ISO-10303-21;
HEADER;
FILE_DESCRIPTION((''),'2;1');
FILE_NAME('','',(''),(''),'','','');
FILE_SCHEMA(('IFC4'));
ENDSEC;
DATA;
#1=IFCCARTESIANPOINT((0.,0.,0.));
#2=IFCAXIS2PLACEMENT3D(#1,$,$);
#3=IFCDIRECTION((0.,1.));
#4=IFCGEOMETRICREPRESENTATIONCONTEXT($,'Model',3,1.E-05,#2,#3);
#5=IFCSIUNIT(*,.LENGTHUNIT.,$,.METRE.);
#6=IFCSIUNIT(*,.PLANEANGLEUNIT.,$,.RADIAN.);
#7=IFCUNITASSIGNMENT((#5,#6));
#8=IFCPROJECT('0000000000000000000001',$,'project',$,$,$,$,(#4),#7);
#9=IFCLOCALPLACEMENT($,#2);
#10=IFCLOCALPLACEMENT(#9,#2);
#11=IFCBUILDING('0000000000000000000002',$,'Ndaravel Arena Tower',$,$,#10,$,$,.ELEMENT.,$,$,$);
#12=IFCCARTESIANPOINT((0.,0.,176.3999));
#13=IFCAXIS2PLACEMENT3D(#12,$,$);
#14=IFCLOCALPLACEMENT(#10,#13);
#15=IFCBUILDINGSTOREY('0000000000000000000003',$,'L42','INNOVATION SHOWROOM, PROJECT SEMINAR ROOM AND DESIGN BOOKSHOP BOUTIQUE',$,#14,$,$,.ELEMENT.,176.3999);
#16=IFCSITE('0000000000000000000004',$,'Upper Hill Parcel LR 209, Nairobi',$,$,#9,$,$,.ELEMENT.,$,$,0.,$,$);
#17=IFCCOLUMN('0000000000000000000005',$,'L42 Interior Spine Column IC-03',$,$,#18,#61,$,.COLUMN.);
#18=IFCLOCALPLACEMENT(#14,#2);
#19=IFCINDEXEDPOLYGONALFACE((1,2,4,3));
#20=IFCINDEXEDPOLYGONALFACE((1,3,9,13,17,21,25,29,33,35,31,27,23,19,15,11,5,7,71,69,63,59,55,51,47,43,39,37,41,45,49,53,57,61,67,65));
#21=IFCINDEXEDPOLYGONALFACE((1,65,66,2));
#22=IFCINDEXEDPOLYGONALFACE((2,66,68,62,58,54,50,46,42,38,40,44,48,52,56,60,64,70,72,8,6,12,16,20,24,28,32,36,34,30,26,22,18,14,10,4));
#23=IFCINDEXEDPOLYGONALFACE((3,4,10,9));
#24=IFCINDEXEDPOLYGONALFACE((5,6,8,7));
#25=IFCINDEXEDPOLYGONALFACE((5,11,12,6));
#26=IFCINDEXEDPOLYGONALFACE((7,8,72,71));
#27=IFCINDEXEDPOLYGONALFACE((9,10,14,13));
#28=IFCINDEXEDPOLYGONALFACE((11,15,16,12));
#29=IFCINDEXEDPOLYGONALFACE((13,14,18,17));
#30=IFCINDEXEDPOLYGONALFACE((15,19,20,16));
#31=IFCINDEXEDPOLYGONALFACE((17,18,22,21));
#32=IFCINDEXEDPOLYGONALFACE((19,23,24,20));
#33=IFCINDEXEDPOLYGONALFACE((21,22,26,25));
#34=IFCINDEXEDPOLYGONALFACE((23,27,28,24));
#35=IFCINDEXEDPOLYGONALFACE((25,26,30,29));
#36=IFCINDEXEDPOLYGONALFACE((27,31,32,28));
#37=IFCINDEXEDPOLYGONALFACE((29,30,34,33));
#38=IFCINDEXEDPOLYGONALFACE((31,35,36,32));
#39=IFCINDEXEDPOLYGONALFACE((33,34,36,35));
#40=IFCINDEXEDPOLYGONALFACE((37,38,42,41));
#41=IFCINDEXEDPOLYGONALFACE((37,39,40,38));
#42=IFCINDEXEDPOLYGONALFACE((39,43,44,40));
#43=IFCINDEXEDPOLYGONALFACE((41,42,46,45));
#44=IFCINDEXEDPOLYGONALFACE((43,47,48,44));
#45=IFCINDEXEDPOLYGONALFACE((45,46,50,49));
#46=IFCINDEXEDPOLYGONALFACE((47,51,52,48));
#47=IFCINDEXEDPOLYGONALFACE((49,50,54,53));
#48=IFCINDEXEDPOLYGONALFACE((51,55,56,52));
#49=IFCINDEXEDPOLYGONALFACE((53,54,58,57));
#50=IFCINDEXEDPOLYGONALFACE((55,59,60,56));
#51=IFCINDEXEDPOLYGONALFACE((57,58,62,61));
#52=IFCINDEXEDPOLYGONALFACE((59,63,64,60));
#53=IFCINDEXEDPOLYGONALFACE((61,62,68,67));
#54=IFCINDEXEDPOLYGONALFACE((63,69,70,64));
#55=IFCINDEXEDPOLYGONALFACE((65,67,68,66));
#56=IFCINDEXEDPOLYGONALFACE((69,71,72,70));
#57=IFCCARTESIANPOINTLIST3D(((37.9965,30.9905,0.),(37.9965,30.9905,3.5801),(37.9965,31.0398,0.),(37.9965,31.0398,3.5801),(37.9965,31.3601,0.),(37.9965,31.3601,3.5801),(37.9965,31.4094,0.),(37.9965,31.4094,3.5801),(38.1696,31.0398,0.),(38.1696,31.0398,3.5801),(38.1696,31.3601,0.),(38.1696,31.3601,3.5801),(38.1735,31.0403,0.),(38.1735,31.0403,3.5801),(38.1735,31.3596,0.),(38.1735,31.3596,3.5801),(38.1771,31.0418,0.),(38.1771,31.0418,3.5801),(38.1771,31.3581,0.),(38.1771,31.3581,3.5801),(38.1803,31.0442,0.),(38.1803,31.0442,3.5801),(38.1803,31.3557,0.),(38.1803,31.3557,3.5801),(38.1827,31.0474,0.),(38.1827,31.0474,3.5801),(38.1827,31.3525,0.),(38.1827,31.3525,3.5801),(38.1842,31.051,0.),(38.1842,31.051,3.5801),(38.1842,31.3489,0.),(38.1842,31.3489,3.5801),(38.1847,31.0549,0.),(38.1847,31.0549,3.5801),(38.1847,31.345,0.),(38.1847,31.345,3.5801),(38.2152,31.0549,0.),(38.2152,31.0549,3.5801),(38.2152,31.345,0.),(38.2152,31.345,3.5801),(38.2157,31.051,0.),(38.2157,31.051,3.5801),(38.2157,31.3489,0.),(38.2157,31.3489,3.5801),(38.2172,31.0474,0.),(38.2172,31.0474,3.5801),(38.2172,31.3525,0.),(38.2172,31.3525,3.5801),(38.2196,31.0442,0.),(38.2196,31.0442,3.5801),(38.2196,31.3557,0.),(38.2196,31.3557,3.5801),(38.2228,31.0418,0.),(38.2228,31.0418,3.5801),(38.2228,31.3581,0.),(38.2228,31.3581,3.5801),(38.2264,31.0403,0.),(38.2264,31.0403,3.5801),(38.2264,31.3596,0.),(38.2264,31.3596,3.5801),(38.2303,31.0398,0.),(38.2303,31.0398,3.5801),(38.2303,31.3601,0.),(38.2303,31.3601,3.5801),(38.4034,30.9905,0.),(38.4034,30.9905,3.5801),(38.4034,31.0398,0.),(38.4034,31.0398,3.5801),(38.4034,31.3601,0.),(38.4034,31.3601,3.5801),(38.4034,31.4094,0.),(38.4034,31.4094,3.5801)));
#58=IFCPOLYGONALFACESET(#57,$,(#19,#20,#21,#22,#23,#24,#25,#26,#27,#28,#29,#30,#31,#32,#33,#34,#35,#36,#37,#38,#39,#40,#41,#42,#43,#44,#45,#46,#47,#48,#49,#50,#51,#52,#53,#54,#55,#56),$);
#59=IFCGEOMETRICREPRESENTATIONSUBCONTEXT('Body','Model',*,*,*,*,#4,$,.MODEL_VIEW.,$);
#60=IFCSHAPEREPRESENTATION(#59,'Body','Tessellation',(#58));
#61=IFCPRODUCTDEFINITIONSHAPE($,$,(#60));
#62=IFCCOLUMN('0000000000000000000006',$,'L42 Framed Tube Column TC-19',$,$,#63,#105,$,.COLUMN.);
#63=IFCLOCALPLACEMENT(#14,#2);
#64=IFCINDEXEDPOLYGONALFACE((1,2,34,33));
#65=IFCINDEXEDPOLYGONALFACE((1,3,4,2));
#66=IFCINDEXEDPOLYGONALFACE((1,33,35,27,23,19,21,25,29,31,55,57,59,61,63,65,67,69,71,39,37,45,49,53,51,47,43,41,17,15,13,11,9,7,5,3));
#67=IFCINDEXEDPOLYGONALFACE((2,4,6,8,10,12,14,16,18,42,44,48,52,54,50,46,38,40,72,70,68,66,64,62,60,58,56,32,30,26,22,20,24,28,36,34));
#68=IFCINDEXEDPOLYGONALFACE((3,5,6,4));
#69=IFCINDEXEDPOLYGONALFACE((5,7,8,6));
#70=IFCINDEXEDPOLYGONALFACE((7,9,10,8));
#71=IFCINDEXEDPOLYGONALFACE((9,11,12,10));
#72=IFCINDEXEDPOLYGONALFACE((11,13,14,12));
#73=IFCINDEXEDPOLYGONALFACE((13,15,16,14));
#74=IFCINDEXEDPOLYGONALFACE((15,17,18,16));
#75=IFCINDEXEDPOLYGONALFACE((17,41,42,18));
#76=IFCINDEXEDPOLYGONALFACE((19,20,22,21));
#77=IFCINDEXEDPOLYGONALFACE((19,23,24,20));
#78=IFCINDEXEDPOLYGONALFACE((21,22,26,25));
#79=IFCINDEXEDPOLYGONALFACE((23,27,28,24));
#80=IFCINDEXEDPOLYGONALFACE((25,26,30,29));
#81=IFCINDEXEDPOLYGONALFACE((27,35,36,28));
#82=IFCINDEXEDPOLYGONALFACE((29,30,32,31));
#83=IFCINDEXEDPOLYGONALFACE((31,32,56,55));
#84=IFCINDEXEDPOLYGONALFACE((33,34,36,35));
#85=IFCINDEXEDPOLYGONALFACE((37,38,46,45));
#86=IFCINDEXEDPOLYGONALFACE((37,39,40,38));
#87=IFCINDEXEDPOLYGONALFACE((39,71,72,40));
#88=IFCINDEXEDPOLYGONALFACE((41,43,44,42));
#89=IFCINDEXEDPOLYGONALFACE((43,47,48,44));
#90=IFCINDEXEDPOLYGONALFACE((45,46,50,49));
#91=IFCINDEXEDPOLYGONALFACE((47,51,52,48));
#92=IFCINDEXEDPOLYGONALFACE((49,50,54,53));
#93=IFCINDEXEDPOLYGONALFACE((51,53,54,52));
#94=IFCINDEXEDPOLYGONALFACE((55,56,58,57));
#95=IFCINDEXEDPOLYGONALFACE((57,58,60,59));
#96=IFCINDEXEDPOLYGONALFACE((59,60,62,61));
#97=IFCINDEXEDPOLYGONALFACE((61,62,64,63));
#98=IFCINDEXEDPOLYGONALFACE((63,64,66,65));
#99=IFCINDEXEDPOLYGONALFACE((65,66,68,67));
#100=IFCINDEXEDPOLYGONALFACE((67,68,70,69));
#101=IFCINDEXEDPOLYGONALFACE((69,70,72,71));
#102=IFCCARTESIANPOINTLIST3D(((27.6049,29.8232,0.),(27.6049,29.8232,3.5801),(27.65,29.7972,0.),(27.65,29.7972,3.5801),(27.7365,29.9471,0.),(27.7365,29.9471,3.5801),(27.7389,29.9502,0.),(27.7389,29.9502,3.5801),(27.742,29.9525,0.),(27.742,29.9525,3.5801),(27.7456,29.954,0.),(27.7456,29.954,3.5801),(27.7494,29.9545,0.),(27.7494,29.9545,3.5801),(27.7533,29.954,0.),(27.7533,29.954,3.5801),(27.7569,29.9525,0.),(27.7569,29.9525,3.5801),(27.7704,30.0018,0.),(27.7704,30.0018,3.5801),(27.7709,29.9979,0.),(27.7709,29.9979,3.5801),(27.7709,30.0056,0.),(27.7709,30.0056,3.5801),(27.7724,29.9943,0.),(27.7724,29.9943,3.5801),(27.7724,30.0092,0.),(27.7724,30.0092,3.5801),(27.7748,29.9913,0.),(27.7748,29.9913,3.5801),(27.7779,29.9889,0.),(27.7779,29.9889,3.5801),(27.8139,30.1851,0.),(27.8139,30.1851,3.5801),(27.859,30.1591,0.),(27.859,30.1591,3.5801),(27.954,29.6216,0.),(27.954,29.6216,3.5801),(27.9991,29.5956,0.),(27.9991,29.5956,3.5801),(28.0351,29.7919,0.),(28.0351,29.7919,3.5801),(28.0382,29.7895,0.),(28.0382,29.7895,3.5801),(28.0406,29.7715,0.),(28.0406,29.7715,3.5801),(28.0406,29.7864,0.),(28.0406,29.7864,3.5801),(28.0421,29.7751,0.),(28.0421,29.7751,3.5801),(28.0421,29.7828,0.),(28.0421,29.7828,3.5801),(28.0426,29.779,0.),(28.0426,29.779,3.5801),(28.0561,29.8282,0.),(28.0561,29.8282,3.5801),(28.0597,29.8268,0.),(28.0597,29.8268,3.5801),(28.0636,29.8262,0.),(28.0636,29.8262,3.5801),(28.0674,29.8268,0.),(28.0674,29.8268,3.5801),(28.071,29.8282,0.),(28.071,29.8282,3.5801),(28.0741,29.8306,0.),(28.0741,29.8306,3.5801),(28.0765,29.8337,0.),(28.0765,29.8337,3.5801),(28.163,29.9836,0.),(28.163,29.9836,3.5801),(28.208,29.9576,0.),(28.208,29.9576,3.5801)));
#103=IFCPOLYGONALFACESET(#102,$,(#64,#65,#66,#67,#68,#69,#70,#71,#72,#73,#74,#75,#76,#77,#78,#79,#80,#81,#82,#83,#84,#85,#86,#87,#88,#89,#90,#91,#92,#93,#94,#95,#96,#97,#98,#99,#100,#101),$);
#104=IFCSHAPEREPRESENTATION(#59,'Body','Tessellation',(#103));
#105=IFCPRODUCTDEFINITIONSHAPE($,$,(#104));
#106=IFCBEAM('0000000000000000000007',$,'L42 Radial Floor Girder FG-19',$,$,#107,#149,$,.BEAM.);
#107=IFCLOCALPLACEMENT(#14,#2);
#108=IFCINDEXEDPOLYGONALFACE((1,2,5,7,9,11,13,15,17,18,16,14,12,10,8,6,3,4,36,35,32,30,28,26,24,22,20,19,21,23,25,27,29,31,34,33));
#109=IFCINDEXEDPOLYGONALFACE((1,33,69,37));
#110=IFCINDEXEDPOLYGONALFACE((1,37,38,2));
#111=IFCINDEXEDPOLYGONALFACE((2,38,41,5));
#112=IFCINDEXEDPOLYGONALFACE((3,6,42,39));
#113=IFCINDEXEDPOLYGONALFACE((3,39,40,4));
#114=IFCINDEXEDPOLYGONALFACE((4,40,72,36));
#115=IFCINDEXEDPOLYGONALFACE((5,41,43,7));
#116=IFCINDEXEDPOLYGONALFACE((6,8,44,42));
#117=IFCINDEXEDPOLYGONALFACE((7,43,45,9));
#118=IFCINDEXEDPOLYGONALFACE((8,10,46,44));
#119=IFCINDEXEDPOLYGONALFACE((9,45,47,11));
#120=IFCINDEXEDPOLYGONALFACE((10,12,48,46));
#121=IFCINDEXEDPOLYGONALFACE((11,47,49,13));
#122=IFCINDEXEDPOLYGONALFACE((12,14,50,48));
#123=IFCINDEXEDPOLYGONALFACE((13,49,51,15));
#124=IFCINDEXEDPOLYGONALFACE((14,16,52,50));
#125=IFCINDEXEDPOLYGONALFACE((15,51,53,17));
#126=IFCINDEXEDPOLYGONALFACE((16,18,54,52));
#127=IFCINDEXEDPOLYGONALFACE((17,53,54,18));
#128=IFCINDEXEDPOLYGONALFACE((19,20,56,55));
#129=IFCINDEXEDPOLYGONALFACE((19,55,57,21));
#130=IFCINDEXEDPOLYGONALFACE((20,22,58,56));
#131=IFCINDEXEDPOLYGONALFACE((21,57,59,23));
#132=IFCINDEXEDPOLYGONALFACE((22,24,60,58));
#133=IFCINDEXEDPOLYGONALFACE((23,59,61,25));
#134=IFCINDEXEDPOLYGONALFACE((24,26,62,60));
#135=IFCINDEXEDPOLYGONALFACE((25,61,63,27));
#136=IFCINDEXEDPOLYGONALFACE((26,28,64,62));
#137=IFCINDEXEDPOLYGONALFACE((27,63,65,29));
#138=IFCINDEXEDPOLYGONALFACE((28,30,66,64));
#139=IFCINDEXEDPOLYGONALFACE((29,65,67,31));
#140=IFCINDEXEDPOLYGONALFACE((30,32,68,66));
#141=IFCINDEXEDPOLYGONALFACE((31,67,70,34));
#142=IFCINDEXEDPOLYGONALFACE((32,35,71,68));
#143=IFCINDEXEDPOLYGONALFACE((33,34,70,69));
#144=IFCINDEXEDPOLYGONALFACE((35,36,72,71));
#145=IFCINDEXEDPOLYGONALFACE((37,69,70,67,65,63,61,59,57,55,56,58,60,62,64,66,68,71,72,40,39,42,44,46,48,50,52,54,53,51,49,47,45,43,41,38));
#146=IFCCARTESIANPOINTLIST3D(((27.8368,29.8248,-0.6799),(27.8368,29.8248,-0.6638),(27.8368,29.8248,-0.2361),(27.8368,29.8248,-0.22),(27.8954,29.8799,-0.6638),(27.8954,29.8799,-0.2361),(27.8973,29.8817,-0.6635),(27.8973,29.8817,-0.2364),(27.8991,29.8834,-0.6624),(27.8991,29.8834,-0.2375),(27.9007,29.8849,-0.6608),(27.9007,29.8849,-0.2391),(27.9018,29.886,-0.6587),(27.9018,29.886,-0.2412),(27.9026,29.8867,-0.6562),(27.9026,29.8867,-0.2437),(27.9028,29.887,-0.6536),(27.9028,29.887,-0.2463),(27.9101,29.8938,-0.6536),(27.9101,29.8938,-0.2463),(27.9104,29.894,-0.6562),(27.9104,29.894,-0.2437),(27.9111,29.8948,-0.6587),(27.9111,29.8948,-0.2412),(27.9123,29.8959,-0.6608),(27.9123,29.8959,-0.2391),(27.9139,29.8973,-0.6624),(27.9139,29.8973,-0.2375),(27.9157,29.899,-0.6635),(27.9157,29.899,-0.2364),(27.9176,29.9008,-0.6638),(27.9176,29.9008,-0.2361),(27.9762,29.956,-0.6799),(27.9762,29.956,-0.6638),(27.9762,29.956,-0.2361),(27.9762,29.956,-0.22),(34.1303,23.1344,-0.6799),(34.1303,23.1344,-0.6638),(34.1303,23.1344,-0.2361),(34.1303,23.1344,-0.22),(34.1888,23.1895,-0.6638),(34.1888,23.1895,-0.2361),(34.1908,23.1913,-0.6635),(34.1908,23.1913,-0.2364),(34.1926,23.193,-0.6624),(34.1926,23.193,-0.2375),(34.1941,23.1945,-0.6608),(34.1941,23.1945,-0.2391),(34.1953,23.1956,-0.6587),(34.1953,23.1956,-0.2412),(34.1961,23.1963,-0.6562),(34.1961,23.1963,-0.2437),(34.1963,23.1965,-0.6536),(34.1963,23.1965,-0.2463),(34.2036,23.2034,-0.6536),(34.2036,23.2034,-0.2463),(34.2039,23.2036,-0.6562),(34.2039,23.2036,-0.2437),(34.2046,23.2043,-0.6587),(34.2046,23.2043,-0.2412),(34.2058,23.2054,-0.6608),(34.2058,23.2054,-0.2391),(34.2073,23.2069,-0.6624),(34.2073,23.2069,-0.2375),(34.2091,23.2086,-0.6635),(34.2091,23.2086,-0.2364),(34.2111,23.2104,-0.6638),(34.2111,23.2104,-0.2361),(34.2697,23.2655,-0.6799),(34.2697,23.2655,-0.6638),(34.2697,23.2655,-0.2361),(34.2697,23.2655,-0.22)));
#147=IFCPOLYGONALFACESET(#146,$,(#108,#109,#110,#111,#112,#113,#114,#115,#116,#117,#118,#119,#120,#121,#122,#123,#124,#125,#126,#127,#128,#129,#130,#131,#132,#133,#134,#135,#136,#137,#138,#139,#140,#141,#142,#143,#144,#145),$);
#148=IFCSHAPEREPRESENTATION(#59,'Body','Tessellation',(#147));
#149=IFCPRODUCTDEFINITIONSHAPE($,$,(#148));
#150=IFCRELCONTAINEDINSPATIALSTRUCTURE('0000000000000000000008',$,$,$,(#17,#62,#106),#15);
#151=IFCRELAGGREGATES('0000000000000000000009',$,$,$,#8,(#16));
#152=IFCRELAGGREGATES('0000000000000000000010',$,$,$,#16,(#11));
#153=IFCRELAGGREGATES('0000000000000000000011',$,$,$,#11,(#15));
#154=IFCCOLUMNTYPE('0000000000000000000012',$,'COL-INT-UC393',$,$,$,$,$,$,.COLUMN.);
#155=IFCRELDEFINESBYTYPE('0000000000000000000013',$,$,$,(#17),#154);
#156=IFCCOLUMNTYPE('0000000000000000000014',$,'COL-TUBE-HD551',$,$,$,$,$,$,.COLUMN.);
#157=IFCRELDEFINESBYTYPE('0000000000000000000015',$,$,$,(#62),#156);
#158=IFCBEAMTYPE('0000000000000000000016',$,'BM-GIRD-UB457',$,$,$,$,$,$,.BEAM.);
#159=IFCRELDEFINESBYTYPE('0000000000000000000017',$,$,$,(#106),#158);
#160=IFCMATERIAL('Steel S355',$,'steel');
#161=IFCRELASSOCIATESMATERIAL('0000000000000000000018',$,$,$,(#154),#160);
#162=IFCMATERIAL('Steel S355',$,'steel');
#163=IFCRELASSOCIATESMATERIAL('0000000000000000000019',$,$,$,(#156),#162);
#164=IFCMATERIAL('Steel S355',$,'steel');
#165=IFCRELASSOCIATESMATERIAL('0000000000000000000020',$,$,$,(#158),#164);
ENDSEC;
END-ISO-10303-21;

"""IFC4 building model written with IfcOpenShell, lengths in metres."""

from ifc_helpers import new_model, si_unit, direction, frame, origin, origin_2d, place, context, subcontext, project, spatial, i_section, extrude, material, material_profile, profile_set, type_object, element, save


model = new_model("IFC4")

# Units and contexts
model_context = context("Model", 3, precision=1e-05, world=origin(), true_north=direction((0.0, 1.0)))
body_context = subcontext(model_context, "Body", "Model", "MODEL_VIEW")
ifc_project = project(units=[si_unit("LENGTHUNIT", "METRE"), si_unit("PLANEANGLEUNIT", "RADIAN")], contexts=[model_context])

# Site, building, storey
site_placement = place(None, origin())
site = spatial("IfcSite", under=ifc_project, at=site_placement, Name="Upper Hill Parcel LR 209, Nairobi", CompositionType="ELEMENT", RefElevation=0.0)
building_placement = place(site_placement, origin())
building = spatial("IfcBuilding", under=site, at=building_placement, Name="Ndaravel Arena Tower", CompositionType="ELEMENT")
storey_placement = place(building_placement, frame((0.0, 0.0, 176.3999)))
storey = spatial("IfcBuildingStorey", under=building, at=storey_placement, Name="L42", Description="INNOVATION SHOWROOM, PROJECT SEMINAR ROOM AND DESIGN BOOKSHOP BOUTIQUE", CompositionType="ELEMENT", Elevation=176.3999)

# Columns
ifc_material_1 = material(Name="Steel S355", Category="steel")
ifc_material_profile_1 = material_profile(ifc_material_1, i_section(OverallWidth=0.407, OverallDepth=0.4189, WebThickness=0.0305, FlangeThickness=0.0493, FilletRadius=0.0151, at=origin_2d()), Name="UC 356x406x393")
ifc_profile_set_1 = profile_set([ifc_material_profile_1], Name="Steel S355")
column_type_1 = type_object("IfcColumnType", Name="COL-INT-UC393", PredefinedType="COLUMN", material=ifc_profile_set_1)
column_1_placement = place(storey_placement, frame((38.2, 31.2, 0.0), z_axis=(0.0, 0.0, 1.0), x_axis=(1.0, 0.0, 0.0)))
element("IfcColumn", 1, at=column_1_placement, inside=storey, type_object=column_type_1, Name="L42 Interior Spine Column IC-03", PredefinedType="COLUMN", context=body_context, shape_type="SweptSolid", body=[
    extrude(i_section(OverallWidth=0.407, OverallDepth=0.4189, WebThickness=0.0305, FlangeThickness=0.0493, FilletRadius=0.0151, at=origin_2d()), origin(), (0.0, 0.0, 1.0), 3.5801),
])
ifc_material_2 = material(Name="Steel S355", Category="steel")
ifc_material_profile_2 = material_profile(ifc_material_2, i_section(OverallWidth=0.418, OverallDepth=0.4551, WebThickness=0.042, FlangeThickness=0.052, FilletRadius=0.0149, at=origin_2d()), Name="HD 400x551")
ifc_profile_set_2 = profile_set([ifc_material_profile_2], Name="Steel S355")
column_type_2 = type_object("IfcColumnType", Name="COL-TUBE-HD551", PredefinedType="COLUMN", material=ifc_profile_set_2)
column_2_placement = place(storey_placement, frame((27.9065, 29.8904, 0.0), z_axis=(0.0, 0.0, 1.0), x_axis=(0.5, 0.866025, 0.0)))
element("IfcColumn", 2, at=column_2_placement, inside=storey, type_object=column_type_2, Name="L42 Framed Tube Column TC-19", PredefinedType="COLUMN", context=body_context, shape_type="SweptSolid", body=[
    extrude(i_section(OverallWidth=0.418, OverallDepth=0.4551, WebThickness=0.042, FlangeThickness=0.052, FilletRadius=0.0149, at=origin_2d()), origin(), (0.0, 0.0, 1.0), 3.5801),
])

# Beam
ifc_material_3 = material(Name="Steel S355", Category="steel")
ifc_material_profile_3 = material_profile(ifc_material_3, i_section(OverallWidth=0.1914, OverallDepth=0.46, WebThickness=0.01, FlangeThickness=0.0161, FilletRadius=0.0103, at=origin_2d()), Name="UB 457x191x82")
ifc_profile_set_3 = profile_set([ifc_material_profile_3], Name="Steel S355")
beam_type_1 = type_object("IfcBeamType", Name="BM-GIRD-UB457", PredefinedType="BEAM", material=ifc_profile_set_3)
beam_1_placement = place(storey_placement, frame((27.9065, 29.8904, -0.45), z_axis=(0.685167, -0.728386, 0.0), x_axis=(0.728386, 0.685167, 0.0)))
element("IfcBeam", 3, at=beam_1_placement, inside=storey, type_object=beam_type_1, Name="L42 Radial Floor Girder FG-19", PredefinedType="BEAM", context=body_context, shape_type="SweptSolid", body=[
    extrude(i_section(OverallWidth=0.1914, OverallDepth=0.46, WebThickness=0.01, FlangeThickness=0.0161, FilletRadius=0.0103, at=origin_2d()), origin(), (0.0, 0.0, 1.0), 9.1853),
])

save(model, "model.ifc")
